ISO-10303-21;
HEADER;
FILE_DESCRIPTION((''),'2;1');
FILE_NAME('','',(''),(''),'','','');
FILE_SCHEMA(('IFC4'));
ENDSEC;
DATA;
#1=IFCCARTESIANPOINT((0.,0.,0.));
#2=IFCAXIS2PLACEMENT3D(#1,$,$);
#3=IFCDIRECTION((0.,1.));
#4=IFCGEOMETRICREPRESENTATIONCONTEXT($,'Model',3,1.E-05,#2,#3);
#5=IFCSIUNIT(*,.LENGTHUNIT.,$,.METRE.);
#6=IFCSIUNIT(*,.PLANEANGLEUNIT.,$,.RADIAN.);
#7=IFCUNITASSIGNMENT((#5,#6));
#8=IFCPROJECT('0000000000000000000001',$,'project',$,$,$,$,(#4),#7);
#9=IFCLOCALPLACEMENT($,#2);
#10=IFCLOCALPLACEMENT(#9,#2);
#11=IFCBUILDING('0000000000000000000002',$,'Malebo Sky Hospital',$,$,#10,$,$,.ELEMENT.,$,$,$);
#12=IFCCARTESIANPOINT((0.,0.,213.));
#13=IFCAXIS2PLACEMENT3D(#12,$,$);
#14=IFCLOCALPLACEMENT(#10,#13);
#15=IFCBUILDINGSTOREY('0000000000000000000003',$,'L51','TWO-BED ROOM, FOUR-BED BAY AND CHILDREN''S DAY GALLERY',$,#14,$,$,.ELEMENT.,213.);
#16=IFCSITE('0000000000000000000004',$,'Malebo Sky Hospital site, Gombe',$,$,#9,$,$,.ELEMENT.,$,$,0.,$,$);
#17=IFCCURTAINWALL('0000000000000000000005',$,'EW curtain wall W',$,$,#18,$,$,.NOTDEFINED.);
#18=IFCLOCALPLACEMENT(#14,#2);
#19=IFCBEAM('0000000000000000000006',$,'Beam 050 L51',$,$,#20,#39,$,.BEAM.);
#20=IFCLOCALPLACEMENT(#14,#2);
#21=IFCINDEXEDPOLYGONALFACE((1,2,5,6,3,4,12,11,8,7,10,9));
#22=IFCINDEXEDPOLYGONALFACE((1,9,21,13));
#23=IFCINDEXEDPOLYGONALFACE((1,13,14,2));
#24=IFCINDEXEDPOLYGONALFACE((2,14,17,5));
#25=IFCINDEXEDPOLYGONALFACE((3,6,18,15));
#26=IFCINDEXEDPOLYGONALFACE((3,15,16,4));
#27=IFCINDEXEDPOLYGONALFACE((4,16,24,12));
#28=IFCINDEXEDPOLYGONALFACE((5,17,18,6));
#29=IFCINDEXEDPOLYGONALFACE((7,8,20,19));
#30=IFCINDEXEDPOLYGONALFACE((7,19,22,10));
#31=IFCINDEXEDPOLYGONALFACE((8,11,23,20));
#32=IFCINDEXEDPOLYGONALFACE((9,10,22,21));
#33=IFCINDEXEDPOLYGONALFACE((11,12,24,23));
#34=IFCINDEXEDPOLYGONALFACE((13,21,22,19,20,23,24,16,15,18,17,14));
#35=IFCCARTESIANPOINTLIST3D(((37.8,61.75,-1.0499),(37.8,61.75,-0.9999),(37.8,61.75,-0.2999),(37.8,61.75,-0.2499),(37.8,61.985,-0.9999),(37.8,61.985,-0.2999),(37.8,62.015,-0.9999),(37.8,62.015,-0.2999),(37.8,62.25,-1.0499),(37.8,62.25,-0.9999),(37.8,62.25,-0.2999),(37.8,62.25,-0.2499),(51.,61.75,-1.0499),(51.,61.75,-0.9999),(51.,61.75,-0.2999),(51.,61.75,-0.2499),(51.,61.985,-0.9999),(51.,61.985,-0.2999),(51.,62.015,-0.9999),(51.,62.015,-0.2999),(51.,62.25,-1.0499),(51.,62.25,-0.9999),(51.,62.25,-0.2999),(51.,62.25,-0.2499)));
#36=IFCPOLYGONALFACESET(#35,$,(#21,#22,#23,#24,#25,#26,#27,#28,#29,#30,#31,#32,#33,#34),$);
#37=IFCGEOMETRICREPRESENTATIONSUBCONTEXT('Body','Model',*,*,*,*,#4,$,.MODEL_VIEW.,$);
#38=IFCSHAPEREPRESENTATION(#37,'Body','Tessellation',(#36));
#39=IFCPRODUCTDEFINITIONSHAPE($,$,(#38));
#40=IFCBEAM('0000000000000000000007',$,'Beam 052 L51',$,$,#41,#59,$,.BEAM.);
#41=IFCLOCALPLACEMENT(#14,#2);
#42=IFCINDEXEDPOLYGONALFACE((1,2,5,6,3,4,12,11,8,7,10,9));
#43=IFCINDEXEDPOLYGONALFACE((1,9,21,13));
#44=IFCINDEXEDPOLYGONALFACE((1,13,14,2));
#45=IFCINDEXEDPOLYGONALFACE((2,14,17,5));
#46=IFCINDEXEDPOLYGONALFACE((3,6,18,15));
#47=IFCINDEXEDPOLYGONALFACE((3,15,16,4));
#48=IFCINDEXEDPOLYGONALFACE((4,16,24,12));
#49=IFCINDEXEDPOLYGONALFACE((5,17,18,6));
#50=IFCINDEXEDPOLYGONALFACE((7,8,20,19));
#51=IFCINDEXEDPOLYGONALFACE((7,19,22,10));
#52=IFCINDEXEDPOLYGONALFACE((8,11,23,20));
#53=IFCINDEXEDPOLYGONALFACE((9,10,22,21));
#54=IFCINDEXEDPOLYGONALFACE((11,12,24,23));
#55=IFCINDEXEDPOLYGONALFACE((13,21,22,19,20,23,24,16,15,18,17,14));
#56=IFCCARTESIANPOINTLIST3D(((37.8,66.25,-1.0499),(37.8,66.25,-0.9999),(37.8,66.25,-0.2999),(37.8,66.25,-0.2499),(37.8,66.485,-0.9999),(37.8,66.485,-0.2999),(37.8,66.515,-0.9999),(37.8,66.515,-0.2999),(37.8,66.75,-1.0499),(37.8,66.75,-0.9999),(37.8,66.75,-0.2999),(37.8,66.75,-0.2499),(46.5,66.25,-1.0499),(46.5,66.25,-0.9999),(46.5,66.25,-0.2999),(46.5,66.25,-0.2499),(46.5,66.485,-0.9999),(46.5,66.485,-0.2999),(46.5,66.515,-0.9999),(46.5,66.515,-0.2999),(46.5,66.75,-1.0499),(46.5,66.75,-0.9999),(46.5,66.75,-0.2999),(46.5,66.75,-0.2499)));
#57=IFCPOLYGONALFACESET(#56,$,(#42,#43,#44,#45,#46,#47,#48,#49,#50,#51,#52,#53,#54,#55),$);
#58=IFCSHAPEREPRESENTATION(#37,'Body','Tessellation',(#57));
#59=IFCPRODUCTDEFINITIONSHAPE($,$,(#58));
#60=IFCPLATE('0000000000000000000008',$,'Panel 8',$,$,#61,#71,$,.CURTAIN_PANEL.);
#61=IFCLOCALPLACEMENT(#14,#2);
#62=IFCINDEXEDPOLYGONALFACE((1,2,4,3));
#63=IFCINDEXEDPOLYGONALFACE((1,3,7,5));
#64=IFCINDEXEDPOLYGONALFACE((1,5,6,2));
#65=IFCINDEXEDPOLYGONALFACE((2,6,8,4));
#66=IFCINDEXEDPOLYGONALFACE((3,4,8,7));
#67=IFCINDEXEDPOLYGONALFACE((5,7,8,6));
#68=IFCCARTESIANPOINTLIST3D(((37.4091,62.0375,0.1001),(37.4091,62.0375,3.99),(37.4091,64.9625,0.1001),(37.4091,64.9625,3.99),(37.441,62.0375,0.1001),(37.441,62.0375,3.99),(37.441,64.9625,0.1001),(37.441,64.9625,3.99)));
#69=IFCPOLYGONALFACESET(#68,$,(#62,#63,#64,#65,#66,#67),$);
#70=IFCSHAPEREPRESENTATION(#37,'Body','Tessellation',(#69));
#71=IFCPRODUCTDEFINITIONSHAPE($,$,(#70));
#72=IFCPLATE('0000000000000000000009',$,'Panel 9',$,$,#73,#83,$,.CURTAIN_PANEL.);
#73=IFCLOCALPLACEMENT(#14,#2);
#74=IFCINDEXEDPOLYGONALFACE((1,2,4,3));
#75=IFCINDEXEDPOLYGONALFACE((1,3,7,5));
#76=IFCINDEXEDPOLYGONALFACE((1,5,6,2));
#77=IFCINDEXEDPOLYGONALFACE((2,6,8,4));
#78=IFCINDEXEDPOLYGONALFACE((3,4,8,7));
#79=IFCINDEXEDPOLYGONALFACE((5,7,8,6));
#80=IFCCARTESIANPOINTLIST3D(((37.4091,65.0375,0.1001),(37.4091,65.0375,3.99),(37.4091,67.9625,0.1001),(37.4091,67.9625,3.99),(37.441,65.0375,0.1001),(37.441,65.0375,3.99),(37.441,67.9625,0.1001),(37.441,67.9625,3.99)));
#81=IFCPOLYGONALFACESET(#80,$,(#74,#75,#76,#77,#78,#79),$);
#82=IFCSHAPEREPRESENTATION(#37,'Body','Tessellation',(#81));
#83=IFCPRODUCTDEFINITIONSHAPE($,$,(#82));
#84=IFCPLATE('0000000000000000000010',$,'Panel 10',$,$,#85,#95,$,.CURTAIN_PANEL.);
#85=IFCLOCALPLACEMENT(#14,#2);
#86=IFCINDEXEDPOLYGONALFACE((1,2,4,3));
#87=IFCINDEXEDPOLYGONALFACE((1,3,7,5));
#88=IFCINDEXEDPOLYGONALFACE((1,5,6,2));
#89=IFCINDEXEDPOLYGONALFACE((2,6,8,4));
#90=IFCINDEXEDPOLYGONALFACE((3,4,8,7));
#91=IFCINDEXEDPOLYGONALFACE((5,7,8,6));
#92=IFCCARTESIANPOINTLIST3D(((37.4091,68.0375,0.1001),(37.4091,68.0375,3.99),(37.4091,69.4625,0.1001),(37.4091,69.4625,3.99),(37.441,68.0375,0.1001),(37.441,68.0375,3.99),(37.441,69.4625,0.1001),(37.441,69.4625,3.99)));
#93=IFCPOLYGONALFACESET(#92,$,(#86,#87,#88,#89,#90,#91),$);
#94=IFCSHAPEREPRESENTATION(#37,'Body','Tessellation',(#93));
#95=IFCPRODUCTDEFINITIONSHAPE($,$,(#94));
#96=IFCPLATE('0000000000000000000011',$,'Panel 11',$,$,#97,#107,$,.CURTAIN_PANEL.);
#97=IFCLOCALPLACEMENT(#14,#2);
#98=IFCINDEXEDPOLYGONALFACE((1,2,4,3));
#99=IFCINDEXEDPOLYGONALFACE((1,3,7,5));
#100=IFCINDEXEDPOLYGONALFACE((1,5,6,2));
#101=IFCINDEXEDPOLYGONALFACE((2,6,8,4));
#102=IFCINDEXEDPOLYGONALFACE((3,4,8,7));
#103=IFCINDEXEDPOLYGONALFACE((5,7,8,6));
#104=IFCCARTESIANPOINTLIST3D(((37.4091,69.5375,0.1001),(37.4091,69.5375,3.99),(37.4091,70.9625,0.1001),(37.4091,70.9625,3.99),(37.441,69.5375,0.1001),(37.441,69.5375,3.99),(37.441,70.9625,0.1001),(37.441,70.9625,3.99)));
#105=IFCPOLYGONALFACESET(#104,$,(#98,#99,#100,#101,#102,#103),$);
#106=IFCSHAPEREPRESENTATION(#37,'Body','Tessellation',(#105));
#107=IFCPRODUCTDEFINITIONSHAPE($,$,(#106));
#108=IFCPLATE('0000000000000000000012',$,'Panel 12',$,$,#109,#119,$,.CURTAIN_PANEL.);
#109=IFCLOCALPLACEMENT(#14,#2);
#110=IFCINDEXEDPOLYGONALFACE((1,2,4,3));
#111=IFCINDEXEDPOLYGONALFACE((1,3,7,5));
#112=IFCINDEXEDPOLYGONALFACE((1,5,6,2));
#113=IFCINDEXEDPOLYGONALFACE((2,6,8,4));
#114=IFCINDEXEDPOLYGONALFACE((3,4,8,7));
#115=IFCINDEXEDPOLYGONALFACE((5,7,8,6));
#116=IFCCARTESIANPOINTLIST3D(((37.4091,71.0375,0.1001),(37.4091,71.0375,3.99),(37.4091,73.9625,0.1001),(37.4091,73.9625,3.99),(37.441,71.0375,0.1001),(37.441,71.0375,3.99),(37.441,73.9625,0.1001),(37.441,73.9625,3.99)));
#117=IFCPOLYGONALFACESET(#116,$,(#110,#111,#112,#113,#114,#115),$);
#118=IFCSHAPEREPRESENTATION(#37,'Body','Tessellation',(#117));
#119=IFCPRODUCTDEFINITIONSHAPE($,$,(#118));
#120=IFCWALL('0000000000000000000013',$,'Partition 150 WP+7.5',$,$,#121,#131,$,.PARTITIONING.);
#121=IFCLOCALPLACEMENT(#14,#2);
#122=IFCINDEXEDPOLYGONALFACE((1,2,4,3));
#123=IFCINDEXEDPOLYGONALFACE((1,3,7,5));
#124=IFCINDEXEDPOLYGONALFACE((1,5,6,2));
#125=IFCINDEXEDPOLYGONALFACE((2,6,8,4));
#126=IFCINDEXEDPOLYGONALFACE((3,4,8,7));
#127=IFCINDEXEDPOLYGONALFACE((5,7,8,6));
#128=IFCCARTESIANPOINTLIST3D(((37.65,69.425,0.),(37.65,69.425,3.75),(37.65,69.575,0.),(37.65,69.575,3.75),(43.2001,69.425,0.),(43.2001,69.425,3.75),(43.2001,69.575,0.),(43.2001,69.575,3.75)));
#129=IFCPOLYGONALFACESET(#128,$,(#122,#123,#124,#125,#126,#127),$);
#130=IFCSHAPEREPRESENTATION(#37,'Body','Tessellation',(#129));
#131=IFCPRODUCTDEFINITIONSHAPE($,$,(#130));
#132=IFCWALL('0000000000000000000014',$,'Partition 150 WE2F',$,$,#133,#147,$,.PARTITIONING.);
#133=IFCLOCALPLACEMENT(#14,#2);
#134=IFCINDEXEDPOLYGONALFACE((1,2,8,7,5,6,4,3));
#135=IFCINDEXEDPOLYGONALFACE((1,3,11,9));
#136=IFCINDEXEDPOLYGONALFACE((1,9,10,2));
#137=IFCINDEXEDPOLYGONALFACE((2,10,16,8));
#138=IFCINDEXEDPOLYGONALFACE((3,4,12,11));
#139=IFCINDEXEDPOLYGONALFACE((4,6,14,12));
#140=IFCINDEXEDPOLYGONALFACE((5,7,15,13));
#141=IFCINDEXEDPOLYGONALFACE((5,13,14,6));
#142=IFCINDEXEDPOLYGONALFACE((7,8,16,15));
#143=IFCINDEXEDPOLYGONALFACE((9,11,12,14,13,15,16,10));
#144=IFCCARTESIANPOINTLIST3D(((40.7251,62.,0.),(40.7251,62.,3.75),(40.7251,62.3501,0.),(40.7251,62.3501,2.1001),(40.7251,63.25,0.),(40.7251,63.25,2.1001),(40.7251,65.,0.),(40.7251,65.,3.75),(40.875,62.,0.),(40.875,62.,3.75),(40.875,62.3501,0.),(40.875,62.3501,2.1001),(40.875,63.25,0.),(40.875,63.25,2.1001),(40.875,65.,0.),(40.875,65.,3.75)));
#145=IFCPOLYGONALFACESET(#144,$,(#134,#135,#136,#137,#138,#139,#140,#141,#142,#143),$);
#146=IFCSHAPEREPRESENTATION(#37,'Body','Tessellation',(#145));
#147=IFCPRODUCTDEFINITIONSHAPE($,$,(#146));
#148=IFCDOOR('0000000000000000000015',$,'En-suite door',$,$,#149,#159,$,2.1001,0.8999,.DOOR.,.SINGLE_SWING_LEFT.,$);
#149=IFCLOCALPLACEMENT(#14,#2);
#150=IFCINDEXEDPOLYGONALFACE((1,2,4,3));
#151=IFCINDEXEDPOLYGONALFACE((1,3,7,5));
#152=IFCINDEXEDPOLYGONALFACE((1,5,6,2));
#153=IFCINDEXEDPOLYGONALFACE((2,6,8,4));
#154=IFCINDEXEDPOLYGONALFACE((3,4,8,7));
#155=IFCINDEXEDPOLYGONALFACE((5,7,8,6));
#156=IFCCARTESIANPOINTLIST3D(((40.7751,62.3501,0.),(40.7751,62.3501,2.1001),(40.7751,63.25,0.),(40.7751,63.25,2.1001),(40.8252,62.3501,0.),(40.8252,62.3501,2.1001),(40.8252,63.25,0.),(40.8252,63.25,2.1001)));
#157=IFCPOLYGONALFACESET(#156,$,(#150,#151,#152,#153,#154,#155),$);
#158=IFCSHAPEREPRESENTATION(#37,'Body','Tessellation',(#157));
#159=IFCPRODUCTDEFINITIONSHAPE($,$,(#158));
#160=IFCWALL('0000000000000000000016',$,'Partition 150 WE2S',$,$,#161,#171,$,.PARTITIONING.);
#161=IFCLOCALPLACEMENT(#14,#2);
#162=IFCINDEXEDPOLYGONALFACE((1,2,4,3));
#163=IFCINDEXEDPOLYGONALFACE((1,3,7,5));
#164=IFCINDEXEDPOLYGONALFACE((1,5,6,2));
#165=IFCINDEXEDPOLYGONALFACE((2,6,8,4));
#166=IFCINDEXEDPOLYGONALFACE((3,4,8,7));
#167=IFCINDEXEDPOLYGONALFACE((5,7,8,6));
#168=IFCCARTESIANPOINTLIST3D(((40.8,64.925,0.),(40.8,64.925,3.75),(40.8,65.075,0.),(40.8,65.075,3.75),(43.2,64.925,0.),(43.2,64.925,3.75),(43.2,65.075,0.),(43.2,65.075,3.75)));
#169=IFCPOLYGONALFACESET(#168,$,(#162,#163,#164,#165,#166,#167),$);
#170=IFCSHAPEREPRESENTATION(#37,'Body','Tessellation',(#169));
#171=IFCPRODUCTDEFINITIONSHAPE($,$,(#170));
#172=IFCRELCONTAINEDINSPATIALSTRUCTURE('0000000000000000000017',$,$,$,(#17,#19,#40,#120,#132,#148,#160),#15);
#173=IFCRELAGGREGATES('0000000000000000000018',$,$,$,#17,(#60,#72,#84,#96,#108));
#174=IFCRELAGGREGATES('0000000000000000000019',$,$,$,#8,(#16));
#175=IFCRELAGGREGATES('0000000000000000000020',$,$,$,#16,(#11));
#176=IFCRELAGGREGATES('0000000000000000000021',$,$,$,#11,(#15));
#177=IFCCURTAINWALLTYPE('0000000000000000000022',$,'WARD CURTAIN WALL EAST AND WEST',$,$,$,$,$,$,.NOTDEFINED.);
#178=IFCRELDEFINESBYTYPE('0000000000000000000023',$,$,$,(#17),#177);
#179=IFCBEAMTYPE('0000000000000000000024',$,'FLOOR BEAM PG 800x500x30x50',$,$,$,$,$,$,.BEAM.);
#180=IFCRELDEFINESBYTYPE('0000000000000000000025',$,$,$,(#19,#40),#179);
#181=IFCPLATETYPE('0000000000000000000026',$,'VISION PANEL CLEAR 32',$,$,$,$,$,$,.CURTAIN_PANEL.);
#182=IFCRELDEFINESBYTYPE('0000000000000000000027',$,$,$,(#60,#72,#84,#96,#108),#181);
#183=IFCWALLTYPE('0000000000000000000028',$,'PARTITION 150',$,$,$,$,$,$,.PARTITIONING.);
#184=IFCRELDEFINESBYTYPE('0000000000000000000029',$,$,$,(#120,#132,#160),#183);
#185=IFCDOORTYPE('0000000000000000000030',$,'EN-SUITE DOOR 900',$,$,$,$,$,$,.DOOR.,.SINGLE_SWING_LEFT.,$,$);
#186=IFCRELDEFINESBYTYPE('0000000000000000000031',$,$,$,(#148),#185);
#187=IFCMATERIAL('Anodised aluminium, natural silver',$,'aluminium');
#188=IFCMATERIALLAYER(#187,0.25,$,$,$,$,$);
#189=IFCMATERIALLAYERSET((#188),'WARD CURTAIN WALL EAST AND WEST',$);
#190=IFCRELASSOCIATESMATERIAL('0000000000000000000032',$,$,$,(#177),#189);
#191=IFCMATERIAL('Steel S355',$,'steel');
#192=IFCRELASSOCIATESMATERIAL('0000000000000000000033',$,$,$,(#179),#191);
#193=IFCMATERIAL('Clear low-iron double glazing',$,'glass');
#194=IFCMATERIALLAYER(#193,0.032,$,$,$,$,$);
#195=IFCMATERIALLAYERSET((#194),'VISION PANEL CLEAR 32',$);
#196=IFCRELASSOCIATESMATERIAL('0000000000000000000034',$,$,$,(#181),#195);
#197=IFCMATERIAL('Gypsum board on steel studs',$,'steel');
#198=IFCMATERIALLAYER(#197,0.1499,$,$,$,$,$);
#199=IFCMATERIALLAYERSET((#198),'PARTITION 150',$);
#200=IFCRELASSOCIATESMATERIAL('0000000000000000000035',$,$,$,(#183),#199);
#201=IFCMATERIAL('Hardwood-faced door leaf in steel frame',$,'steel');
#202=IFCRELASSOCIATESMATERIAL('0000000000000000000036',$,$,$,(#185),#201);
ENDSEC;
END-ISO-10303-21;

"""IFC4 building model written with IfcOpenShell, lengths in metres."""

from ifc_helpers import new_model, si_unit, direction, frame, frame_2d, origin, origin_2d, place, context, subcontext, project, spatial, rectangle, i_section, extrude, material, layer, layer_set, material_profile, profile_set, type_object, element, fill, aggregate, save


model = new_model("IFC4")

# Units and contexts
model_context = context("Model", 3, precision=1e-05, world=origin(), true_north=direction((0.0, 1.0)))
body_context = subcontext(model_context, "Body", "Model", "MODEL_VIEW")
ifc_project = project(units=[si_unit("LENGTHUNIT", "METRE"), si_unit("PLANEANGLEUNIT", "RADIAN")], contexts=[model_context])

# Site, building, storey
site_placement = place(None, origin())
site = spatial("IfcSite", under=ifc_project, at=site_placement, Name="Malebo Sky Hospital site, Gombe", CompositionType="ELEMENT", RefElevation=0.0)
building_placement = place(site_placement, origin())
building = spatial("IfcBuilding", under=site, at=building_placement, Name="Malebo Sky Hospital", CompositionType="ELEMENT")
storey_placement = place(building_placement, frame((0.0, 0.0, 213.0)))
storey = spatial("IfcBuildingStorey", under=building, at=storey_placement, Name="L51", Description="TWO-BED ROOM, FOUR-BED BAY AND CHILDREN'S DAY GALLERY", CompositionType="ELEMENT", Elevation=213.0)

# Curtain wall
ifc_material_1 = material(Name="Anodised aluminium, natural silver", Category="aluminium")
ifc_layer_1 = layer(ifc_material_1, 0.25)
ifc_layer_set_1 = layer_set([ifc_layer_1], Name="WARD CURTAIN WALL EAST AND WEST")
curtain_wall_type = type_object("IfcCurtainWallType", Name="WARD CURTAIN WALL EAST AND WEST", PredefinedType="NOTDEFINED", material=ifc_layer_set_1)
curtain_wall_placement = place(storey_placement, origin())
curtain_wall = element("IfcCurtainWall", 1, at=curtain_wall_placement, inside=storey, type_object=curtain_wall_type, Name="EW curtain wall W", PredefinedType="NOTDEFINED")

# Beams
ifc_material_2 = material(Name="Steel S355", Category="steel")
ifc_material_profile_1 = material_profile(ifc_material_2, i_section(OverallWidth=0.5, OverallDepth=0.8, WebThickness=0.03, FlangeThickness=0.05, at=origin_2d()), Name="PG 800x500x30x50")
ifc_profile_set_1 = profile_set([ifc_material_profile_1], Name="Steel S355")
beam_type_1 = type_object("IfcBeamType", Name="FLOOR BEAM PG 800x500x30x50", PredefinedType="BEAM", material=ifc_profile_set_1)
beam_1_placement = place(storey_placement, frame((37.8, 62.0, -0.6499), z_axis=(1.0, 0.0, 0.0), x_axis=(0.0, 1.0, 0.0)))
element("IfcBeam", 2, at=beam_1_placement, inside=storey, type_object=beam_type_1, Name="Beam 050 L51", PredefinedType="BEAM", context=body_context, shape_type="SweptSolid", body=[
    extrude(i_section(OverallWidth=0.5, OverallDepth=0.8, WebThickness=0.03, FlangeThickness=0.05, at=origin_2d()), origin(), (0.0, 0.0, 1.0), 13.2),
])
beam_2_placement = place(storey_placement, frame((37.8, 66.5, -0.6499), z_axis=(1.0, 0.0, 0.0), x_axis=(0.0, 1.0, 0.0)))
element("IfcBeam", 3, at=beam_2_placement, inside=storey, type_object=beam_type_1, Name="Beam 052 L51", PredefinedType="BEAM", context=body_context, shape_type="SweptSolid", body=[
    extrude(i_section(OverallWidth=0.5, OverallDepth=0.8, WebThickness=0.03, FlangeThickness=0.05, at=origin_2d()), origin(), (0.0, 0.0, 1.0), 8.7),
])

# Plates
ifc_material_3 = material(Name="Clear low-iron double glazing", Category="glass")
ifc_layer_2 = layer(ifc_material_3, 0.032)
ifc_layer_set_2 = layer_set([ifc_layer_2], Name="VISION PANEL CLEAR 32")
plate_type = type_object("IfcPlateType", Name="VISION PANEL CLEAR 32", PredefinedType="CURTAIN_PANEL", material=ifc_layer_set_2)
plate_1_placement = place(storey_placement, frame((37.425, 63.5, 0.1001), z_axis=(0.0, 0.0, 1.0), x_axis=(0.0, 1.0, 0.0)))
plate_1 = element("IfcPlate", 4, at=plate_1_placement, type_object=plate_type, Name="Panel 8", PredefinedType="CURTAIN_PANEL", context=body_context, shape_type="SweptSolid", body=[
    extrude(rectangle(XDim=2.925, YDim=0.032, at=origin_2d()), origin(), (0.0, 0.0, 1.0), 3.8899),
])
plate_2_placement = place(storey_placement, frame((37.425, 66.5, 0.1001), z_axis=(0.0, 0.0, 1.0), x_axis=(0.0, 1.0, 0.0)))
plate_2 = element("IfcPlate", 5, at=plate_2_placement, type_object=plate_type, Name="Panel 9", PredefinedType="CURTAIN_PANEL", context=body_context, shape_type="SweptSolid", body=[
    extrude(rectangle(XDim=2.925, YDim=0.032, at=origin_2d()), origin(), (0.0, 0.0, 1.0), 3.8899),
])
plate_3_placement = place(storey_placement, frame((37.425, 68.75, 0.1001), z_axis=(0.0, 0.0, 1.0), x_axis=(0.0, 1.0, 0.0)))
plate_3 = element("IfcPlate", 6, at=plate_3_placement, type_object=plate_type, Name="Panel 10", PredefinedType="CURTAIN_PANEL", context=body_context, shape_type="SweptSolid", body=[
    extrude(rectangle(XDim=1.425, YDim=0.032, at=origin_2d()), origin(), (0.0, 0.0, 1.0), 3.8899),
])
plate_4_placement = place(storey_placement, frame((37.425, 70.25, 0.1001), z_axis=(0.0, 0.0, 1.0), x_axis=(0.0, 1.0, 0.0)))
plate_4 = element("IfcPlate", 7, at=plate_4_placement, type_object=plate_type, Name="Panel 11", PredefinedType="CURTAIN_PANEL", context=body_context, shape_type="SweptSolid", body=[
    extrude(rectangle(XDim=1.425, YDim=0.032, at=origin_2d()), origin(), (0.0, 0.0, 1.0), 3.8899),
])
plate_5_placement = place(storey_placement, frame((37.425, 72.5, 0.1001), z_axis=(0.0, 0.0, 1.0), x_axis=(0.0, 1.0, 0.0)))
plate_5 = element("IfcPlate", 8, at=plate_5_placement, type_object=plate_type, Name="Panel 12", PredefinedType="CURTAIN_PANEL", context=body_context, shape_type="SweptSolid", body=[
    extrude(rectangle(XDim=2.925, YDim=0.032, at=origin_2d()), origin(), (0.0, 0.0, 1.0), 3.8899),
])
aggregate(curtain_wall, [plate_1, plate_2, plate_3, plate_4, plate_5])

# Wall
ifc_material_4 = material(Name="Gypsum board on steel studs", Category="steel")
ifc_layer_3 = layer(ifc_material_4, 0.1499)
ifc_layer_set_3 = layer_set([ifc_layer_3], Name="PARTITION 150")
wall_type_1 = type_object("IfcWallType", Name="PARTITION 150", PredefinedType="PARTITIONING", material=ifc_layer_set_3)
wall_1_placement = place(storey_placement, frame((43.2, 69.5, 0.0), z_axis=(0.0, 0.0, 1.0), x_axis=(-1.0, 0.0, 0.0)))
element("IfcWall", 9, at=wall_1_placement, inside=storey, type_object=wall_type_1, Name="Partition 150 WP+7.5", PredefinedType="PARTITIONING", context=body_context, shape_type="SweptSolid", body=[
    extrude(rectangle(XDim=5.55, YDim=0.1499, at=frame_2d((2.7749, 0.0))), origin(), (0.0, 0.0, 1.0), 3.75),
])

# Wall, opening, door
wall_2_placement = place(storey_placement, frame((40.8, 62.0, 0.0), z_axis=(0.0, 0.0, 1.0), x_axis=(0.0, 1.0, 0.0)))
wall_2 = element("IfcWall", 10, at=wall_2_placement, inside=storey, type_object=wall_type_1, Name="Partition 150 WE2F", PredefinedType="PARTITIONING", context=body_context, shape_type="SweptSolid", body=[
    extrude(rectangle(XDim=3.0, YDim=0.1499, at=frame_2d((1.5, 0.0))), origin(), (0.0, 0.0, 1.0), 3.75),
])
opening_1_placement = place(wall_2_placement, frame((0.3501, 0.0, 0.0)))
opening_1 = element("IfcOpeningElement", 11, at=opening_1_placement, cuts=wall_2, PredefinedType="OPENING", context=body_context, shape_type="SweptSolid", body=[
    extrude(rectangle(XDim=0.8999, YDim=2.1001, at=frame_2d((0.45, 1.05))), frame((0.0, 0.085, 0.0), z_axis=(0.0, -1.0, 0.0), x_axis=(1.0, 0.0, 0.0)), (0.0, 0.0, 1.0), 0.1699),
])
ifc_material_5 = material(Name="Hardwood-faced door leaf in steel frame", Category="steel")
door_type = type_object("IfcDoorType", Name="EN-SUITE DOOR 900", OperationType="SINGLE_SWING_LEFT", PredefinedType="DOOR", material=ifc_material_5)
door_1_placement = place(opening_1_placement, origin())
door_1 = element("IfcDoor", 12, at=door_1_placement, inside=storey, type_object=door_type, Name="En-suite door", OperationType="SINGLE_SWING_LEFT", OverallHeight=2.1001, OverallWidth=0.8999, PredefinedType="DOOR", context=body_context, shape_type="SweptSolid", body=[
    extrude(rectangle(XDim=0.8999, YDim=2.1001, at=frame_2d((0.45, 1.05))), frame((0.0, 0.0249, 0.0), z_axis=(0.0, -1.0, 0.0), x_axis=(1.0, 0.0, 0.0)), (0.0, 0.0, 1.0), 0.05),
])
fill(opening_1, door_1)

# Wall
wall_3_placement = place(storey_placement, frame((43.2, 65.0, 0.0), z_axis=(0.0, 0.0, 1.0), x_axis=(-1.0, 0.0, 0.0)))
element("IfcWall", 13, at=wall_3_placement, inside=storey, type_object=wall_type_1, Name="Partition 150 WE2S", PredefinedType="PARTITIONING", context=body_context, shape_type="SweptSolid", body=[
    extrude(rectangle(XDim=2.3999, YDim=0.1499, at=frame_2d((1.2, 0.0))), origin(), (0.0, 0.0, 1.0), 3.75),
])

save(model, "model.ifc")
